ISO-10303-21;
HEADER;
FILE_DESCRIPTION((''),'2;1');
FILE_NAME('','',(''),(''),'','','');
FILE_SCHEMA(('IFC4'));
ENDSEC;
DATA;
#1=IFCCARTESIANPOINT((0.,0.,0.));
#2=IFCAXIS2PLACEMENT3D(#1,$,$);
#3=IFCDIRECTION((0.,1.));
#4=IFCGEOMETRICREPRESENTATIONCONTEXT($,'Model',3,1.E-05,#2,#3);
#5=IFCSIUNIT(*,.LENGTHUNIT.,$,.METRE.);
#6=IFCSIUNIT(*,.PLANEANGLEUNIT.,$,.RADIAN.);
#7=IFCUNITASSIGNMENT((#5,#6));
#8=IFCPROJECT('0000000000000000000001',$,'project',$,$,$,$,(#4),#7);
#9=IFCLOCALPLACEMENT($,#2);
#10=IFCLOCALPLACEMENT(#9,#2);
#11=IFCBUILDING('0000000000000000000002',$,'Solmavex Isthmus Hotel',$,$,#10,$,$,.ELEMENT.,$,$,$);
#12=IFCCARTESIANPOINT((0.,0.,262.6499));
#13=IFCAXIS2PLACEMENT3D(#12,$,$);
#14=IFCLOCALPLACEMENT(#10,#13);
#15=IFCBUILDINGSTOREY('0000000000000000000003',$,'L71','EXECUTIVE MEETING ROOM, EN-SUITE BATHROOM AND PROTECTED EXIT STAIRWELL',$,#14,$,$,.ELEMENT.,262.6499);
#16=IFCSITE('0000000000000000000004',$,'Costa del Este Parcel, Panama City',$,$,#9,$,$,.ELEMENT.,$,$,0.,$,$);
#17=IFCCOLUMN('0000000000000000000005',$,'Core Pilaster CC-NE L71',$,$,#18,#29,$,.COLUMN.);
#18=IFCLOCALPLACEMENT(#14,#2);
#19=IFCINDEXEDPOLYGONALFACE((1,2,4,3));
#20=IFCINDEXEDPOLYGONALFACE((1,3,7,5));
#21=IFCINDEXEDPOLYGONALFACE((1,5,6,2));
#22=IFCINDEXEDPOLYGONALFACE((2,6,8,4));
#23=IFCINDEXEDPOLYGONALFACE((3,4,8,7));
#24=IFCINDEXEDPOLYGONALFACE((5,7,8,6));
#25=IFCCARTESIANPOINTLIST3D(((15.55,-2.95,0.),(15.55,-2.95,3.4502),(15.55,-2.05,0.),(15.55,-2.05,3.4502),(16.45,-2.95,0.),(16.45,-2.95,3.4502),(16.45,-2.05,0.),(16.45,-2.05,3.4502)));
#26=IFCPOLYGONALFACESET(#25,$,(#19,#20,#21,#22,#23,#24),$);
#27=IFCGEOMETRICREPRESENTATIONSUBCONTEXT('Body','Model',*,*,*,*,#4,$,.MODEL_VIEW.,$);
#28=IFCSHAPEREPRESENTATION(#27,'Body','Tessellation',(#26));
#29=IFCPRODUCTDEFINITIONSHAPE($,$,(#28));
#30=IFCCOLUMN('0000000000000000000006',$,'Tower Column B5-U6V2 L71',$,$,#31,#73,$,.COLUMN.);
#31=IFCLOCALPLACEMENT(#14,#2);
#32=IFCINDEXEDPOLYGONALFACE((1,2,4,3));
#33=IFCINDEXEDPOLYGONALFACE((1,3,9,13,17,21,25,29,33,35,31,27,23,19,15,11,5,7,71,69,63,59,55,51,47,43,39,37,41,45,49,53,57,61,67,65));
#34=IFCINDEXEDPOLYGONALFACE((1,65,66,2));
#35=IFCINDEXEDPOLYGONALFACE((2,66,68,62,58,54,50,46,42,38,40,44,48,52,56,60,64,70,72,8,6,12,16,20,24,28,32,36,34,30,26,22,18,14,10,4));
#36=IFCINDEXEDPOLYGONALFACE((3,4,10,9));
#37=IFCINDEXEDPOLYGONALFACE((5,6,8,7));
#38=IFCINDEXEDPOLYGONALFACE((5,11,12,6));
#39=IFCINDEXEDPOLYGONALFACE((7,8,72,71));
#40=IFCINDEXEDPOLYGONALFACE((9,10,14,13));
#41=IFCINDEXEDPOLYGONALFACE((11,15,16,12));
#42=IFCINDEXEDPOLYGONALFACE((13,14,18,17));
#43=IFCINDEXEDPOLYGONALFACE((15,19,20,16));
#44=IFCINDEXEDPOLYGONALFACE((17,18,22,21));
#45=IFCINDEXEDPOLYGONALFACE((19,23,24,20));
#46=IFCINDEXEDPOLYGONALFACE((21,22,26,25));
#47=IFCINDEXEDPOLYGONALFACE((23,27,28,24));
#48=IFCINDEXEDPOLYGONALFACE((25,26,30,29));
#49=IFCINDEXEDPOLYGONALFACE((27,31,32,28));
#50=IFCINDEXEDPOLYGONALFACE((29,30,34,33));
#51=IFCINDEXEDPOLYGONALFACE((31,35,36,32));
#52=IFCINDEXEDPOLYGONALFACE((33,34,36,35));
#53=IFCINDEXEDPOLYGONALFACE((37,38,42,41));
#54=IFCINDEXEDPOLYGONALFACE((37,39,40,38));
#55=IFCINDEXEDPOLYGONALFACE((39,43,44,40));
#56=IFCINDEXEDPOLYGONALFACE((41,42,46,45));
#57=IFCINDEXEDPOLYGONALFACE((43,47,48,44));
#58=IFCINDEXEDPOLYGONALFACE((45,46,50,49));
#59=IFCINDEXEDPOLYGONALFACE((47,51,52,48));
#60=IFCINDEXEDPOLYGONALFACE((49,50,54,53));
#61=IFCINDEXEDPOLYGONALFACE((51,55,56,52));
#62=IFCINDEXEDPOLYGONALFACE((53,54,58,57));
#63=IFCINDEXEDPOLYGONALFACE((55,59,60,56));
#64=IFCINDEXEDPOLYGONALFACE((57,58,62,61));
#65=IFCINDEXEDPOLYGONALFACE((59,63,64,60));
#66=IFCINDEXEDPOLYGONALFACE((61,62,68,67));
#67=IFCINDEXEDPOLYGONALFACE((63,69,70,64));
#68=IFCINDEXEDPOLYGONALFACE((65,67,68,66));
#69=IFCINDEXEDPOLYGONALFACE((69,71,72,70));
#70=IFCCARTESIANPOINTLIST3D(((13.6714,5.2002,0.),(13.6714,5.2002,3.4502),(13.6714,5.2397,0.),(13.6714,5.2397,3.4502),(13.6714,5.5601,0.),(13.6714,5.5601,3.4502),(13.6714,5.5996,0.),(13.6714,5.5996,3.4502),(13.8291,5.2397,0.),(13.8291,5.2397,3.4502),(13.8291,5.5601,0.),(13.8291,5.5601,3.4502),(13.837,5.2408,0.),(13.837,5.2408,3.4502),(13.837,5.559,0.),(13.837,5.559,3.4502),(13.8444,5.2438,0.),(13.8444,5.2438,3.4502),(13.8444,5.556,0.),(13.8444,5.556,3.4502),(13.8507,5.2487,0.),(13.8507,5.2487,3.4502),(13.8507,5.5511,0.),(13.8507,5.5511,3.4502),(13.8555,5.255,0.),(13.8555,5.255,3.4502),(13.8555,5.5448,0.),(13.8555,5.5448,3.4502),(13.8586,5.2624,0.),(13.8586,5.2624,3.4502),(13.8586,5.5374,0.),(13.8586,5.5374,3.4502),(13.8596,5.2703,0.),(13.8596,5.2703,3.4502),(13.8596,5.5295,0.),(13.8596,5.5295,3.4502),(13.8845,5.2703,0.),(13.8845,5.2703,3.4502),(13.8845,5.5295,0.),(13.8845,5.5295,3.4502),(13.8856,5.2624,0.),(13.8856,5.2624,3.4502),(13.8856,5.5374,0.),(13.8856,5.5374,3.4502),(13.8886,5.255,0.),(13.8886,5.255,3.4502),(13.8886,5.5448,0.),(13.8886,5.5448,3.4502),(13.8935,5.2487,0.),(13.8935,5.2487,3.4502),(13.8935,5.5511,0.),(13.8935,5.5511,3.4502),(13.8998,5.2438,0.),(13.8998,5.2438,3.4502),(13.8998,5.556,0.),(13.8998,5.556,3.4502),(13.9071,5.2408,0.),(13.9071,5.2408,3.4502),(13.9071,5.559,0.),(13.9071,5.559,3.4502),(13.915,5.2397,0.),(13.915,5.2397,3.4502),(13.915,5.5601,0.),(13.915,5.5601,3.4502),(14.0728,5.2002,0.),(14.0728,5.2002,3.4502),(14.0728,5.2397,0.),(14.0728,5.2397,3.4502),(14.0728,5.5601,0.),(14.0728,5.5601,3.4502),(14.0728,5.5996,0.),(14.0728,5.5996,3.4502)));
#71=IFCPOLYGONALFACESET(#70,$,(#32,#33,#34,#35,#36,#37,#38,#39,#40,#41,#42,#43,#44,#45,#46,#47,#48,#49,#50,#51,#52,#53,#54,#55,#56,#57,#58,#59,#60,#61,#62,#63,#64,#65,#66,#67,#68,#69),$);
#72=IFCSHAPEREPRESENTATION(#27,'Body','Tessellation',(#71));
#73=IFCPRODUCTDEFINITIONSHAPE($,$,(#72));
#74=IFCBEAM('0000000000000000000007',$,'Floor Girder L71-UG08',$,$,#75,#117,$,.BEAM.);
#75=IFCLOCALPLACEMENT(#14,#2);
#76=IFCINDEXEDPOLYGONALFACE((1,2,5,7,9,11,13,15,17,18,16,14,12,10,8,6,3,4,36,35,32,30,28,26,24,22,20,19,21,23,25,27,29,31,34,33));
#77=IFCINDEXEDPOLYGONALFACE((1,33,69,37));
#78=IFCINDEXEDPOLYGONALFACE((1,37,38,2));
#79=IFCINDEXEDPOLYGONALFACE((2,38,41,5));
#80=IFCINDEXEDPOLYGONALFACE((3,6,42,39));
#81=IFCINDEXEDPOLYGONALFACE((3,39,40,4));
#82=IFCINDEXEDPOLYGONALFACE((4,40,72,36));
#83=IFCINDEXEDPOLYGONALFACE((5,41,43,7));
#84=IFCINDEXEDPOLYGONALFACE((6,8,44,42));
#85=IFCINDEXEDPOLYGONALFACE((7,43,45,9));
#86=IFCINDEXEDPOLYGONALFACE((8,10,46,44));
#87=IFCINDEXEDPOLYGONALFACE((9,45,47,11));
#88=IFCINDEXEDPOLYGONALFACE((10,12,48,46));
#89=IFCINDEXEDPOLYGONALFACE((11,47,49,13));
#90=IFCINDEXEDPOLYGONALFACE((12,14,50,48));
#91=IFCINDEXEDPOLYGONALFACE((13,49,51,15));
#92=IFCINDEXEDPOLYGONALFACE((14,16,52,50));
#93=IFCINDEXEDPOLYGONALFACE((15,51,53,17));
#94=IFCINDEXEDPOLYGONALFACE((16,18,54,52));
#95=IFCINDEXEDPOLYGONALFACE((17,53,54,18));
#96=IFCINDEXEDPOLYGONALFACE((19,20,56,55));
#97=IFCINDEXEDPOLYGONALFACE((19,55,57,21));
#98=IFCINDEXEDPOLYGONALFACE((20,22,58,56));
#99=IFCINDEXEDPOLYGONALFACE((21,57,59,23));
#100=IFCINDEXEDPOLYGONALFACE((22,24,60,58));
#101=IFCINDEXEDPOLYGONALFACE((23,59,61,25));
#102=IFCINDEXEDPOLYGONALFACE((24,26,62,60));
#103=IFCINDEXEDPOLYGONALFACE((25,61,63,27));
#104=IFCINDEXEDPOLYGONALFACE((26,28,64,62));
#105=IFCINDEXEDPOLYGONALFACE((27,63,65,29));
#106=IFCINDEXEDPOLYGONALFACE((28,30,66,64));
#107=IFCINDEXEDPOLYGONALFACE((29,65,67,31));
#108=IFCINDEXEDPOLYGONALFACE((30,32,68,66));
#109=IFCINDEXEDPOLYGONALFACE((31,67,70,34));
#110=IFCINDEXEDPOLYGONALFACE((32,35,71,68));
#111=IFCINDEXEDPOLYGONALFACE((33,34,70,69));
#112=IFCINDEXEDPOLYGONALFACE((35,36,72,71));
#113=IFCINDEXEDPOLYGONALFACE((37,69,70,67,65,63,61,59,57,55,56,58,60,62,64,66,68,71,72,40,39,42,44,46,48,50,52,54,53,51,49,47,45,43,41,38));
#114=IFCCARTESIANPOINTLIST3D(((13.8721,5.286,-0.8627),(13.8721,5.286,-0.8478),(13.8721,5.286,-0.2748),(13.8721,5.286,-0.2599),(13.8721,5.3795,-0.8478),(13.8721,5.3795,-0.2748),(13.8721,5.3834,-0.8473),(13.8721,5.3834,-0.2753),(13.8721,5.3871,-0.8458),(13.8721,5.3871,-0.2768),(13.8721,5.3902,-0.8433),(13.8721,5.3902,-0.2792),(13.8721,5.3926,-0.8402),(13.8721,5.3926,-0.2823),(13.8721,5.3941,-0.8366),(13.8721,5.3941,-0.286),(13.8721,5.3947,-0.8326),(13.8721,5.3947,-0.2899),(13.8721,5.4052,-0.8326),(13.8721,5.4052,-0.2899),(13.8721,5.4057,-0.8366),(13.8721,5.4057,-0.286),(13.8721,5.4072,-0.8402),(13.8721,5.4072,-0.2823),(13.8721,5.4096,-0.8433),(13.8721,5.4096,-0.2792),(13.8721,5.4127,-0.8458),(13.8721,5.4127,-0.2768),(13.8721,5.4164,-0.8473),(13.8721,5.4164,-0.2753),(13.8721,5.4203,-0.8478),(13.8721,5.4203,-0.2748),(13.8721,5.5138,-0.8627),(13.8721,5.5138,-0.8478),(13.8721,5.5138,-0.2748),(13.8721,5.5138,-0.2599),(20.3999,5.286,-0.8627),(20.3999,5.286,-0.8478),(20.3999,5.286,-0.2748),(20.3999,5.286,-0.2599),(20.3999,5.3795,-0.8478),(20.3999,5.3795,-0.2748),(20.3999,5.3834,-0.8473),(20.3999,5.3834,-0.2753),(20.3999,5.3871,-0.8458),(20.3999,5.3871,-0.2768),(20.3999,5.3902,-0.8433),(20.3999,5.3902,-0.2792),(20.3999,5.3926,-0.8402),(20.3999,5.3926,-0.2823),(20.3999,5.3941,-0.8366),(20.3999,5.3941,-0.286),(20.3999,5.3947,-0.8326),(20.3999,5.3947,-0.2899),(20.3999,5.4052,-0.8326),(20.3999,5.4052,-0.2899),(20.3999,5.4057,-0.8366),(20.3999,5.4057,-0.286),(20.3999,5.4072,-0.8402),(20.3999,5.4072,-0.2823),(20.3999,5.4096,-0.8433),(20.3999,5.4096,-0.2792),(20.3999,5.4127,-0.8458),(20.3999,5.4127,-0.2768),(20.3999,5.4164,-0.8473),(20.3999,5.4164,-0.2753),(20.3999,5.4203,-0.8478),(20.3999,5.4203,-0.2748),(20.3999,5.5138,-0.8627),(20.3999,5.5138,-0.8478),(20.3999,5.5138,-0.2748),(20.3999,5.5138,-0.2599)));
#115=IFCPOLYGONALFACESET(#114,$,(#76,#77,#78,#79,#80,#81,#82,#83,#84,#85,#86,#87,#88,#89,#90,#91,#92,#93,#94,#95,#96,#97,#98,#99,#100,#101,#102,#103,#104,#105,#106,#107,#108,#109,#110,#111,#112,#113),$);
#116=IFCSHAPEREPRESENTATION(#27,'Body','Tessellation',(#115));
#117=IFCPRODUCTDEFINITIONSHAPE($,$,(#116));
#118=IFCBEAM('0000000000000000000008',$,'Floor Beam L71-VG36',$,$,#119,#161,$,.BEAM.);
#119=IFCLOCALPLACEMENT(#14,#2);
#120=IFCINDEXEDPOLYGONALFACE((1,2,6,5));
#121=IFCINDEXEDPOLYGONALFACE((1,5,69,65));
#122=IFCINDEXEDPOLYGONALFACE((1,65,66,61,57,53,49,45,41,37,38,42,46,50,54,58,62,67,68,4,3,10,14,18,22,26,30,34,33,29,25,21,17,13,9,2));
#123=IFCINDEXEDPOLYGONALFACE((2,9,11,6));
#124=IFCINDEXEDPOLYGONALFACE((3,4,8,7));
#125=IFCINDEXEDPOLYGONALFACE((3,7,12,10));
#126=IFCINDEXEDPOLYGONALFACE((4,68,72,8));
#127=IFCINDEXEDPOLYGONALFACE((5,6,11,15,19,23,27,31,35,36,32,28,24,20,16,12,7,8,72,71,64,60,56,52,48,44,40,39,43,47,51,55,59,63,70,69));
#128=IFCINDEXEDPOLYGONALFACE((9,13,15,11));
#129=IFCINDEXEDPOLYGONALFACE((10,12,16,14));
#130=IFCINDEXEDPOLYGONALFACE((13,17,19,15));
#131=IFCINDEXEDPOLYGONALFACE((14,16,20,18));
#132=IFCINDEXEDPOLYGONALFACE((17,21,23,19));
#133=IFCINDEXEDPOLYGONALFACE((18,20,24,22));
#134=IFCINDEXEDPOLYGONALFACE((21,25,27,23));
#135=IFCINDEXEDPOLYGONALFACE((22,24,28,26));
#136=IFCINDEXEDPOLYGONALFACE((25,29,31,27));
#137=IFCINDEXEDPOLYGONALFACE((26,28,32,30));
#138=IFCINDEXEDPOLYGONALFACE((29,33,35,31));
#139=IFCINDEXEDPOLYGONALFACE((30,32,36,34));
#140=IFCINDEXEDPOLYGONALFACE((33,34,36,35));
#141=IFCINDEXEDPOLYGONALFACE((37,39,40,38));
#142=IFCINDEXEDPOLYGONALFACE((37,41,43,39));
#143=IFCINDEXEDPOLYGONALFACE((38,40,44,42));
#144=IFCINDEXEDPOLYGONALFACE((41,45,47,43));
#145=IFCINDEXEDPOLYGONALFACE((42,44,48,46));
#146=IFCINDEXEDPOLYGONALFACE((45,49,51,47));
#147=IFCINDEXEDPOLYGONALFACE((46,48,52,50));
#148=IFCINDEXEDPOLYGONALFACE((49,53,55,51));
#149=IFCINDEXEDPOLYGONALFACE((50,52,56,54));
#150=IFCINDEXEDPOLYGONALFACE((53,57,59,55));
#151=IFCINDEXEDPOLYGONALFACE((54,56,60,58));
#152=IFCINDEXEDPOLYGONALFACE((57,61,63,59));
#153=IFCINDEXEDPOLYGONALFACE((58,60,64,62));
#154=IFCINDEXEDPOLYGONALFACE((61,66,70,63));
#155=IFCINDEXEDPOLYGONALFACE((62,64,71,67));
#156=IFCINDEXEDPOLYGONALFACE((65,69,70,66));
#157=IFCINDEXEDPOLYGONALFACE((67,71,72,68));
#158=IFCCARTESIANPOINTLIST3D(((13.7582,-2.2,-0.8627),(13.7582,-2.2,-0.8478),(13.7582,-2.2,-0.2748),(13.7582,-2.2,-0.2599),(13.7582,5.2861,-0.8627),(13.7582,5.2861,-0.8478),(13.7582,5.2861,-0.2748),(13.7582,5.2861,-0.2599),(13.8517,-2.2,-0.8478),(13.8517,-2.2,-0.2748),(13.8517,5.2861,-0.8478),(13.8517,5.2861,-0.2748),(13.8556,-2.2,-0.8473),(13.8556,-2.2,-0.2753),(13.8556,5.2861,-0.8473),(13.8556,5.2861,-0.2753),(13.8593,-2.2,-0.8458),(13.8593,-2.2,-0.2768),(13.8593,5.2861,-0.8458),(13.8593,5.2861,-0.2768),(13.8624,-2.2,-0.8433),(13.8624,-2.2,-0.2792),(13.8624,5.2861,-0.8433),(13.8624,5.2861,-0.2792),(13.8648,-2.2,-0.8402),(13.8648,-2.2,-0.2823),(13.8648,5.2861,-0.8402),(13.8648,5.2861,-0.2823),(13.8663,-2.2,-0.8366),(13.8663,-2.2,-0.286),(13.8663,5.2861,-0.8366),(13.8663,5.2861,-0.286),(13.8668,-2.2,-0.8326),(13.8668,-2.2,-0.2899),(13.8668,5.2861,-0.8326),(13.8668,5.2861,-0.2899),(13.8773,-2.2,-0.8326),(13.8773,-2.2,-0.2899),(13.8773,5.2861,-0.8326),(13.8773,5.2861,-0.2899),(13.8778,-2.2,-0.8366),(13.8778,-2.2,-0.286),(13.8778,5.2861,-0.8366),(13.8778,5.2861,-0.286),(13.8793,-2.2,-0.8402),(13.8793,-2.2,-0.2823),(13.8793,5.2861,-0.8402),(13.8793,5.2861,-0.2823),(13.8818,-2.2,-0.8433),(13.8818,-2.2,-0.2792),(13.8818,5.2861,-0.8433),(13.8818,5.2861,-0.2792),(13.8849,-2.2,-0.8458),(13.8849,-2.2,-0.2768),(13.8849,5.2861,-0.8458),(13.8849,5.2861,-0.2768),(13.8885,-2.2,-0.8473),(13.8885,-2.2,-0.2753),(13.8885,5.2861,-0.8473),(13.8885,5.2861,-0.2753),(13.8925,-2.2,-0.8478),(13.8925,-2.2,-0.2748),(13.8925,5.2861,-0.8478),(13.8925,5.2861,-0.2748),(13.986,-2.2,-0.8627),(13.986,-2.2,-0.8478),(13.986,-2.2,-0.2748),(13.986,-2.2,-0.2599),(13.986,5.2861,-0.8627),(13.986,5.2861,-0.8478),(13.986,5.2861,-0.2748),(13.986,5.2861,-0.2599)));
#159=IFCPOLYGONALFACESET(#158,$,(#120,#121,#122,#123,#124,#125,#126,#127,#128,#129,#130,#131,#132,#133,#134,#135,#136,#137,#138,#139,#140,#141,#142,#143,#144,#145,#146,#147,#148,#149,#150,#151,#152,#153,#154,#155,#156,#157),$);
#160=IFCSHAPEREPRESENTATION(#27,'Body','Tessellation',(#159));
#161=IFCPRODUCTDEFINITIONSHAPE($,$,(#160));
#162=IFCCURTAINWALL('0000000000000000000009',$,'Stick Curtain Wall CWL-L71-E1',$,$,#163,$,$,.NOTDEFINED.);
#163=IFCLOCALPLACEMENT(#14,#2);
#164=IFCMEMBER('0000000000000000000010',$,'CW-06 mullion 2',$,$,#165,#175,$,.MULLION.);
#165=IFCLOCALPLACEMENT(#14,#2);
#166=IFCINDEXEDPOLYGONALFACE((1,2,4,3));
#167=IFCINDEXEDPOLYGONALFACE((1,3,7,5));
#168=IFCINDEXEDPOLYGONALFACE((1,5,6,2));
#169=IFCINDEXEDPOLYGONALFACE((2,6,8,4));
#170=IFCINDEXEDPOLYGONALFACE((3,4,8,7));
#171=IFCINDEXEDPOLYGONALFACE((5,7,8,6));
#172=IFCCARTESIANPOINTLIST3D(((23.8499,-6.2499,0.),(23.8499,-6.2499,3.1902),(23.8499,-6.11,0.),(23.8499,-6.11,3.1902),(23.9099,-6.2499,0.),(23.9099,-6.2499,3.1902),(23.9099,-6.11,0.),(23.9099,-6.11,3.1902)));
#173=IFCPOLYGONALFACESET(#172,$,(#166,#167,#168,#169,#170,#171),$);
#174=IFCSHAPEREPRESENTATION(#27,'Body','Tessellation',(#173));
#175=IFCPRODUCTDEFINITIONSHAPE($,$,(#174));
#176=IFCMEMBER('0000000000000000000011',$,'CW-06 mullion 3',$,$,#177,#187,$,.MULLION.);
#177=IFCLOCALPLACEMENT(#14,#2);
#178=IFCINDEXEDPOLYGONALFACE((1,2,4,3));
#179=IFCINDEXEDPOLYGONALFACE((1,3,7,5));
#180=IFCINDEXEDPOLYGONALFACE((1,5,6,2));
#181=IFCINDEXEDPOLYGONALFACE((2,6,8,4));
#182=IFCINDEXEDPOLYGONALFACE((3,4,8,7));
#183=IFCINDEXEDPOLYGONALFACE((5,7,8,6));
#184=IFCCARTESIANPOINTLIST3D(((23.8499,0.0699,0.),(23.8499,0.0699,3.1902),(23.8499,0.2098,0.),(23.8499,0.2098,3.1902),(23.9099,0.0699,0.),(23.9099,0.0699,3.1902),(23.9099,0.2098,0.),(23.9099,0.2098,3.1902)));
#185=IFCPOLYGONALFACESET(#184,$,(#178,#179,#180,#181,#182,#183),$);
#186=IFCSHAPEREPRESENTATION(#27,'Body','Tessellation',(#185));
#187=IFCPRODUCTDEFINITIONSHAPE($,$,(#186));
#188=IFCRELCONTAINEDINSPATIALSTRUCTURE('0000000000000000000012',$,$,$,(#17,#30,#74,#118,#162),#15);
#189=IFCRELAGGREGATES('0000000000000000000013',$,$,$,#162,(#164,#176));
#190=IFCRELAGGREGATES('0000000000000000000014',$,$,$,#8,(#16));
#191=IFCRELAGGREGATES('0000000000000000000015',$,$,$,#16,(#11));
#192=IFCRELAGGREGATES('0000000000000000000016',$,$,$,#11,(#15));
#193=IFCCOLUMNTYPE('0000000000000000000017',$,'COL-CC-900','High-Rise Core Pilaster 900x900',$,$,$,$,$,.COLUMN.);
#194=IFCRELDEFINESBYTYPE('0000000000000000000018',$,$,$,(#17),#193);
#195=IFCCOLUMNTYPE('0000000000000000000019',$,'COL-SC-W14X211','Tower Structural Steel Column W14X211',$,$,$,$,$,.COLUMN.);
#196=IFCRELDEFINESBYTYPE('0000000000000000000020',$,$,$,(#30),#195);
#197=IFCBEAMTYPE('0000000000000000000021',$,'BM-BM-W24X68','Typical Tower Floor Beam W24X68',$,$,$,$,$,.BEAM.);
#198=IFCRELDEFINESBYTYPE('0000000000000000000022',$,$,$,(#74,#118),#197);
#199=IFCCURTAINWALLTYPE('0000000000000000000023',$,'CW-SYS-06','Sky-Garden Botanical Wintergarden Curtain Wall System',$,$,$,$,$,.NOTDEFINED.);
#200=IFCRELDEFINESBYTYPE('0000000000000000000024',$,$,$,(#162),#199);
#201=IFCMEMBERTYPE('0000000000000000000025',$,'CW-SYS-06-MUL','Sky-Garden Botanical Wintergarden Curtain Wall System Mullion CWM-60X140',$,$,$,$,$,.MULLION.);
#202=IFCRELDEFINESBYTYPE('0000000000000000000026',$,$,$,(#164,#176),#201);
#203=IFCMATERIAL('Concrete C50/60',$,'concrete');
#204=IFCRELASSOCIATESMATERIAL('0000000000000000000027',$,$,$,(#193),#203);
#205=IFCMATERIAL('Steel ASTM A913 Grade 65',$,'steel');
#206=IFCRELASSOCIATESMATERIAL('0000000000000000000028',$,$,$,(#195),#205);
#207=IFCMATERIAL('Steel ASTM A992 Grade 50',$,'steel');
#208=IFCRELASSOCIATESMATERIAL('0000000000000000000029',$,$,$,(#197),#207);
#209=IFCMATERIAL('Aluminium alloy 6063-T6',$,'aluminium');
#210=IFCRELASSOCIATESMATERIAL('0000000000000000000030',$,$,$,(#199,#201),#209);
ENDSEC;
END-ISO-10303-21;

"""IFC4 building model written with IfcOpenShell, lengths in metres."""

from ifc_helpers import new_model, si_unit, direction, frame, origin, origin_2d, place, context, subcontext, project, spatial, rectangle, i_section, extrude, material, material_profile, profile_set, type_object, element, aggregate, save


model = new_model("IFC4")

# Units and contexts
model_context = context("Model", 3, precision=1e-05, world=origin(), true_north=direction((0.0, 1.0)))
body_context = subcontext(model_context, "Body", "Model", "MODEL_VIEW")
ifc_project = project(units=[si_unit("LENGTHUNIT", "METRE"), si_unit("PLANEANGLEUNIT", "RADIAN")], contexts=[model_context])

# Site, building, storey
site_placement = place(None, origin())
site = spatial("IfcSite", under=ifc_project, at=site_placement, Name="Costa del Este Parcel, Panama City", CompositionType="ELEMENT", RefElevation=0.0)
building_placement = place(site_placement, origin())
building = spatial("IfcBuilding", under=site, at=building_placement, Name="Solmavex Isthmus Hotel", CompositionType="ELEMENT")
storey_placement = place(building_placement, frame((0.0, 0.0, 262.6499)))
storey = spatial("IfcBuildingStorey", under=building, at=storey_placement, Name="L71", Description="EXECUTIVE MEETING ROOM, EN-SUITE BATHROOM AND PROTECTED EXIT STAIRWELL", CompositionType="ELEMENT", Elevation=262.6499)

# Columns
ifc_material_1 = material(Name="Concrete C50/60", Category="concrete")
ifc_material_profile_1 = material_profile(ifc_material_1, rectangle(XDim=0.8999, YDim=0.8999, at=origin_2d()), Name="RC900X900")
ifc_profile_set_1 = profile_set([ifc_material_profile_1], Name="Concrete C50/60")
column_type_1 = type_object("IfcColumnType", Name="COL-CC-900", Description="High-Rise Core Pilaster 900x900", PredefinedType="COLUMN", material=ifc_profile_set_1)
column_1_placement = place(storey_placement, frame((16.0, -2.5, 0.0), z_axis=(0.0, 0.0, 1.0), x_axis=(1.0, 0.0, 0.0)))
element("IfcColumn", 1, at=column_1_placement, inside=storey, type_object=column_type_1, Name="Core Pilaster CC-NE L71", PredefinedType="COLUMN", context=body_context, shape_type="SweptSolid", body=[
    extrude(rectangle(XDim=0.8999, YDim=0.8999, at=origin_2d()), origin(), (0.0, 0.0, 1.0), 3.4502),
])
ifc_material_2 = material(Name="Steel ASTM A913 Grade 65", Category="steel")
ifc_material_profile_2 = material_profile(ifc_material_2, i_section(OverallWidth=0.4014, OverallDepth=0.3994, WebThickness=0.0249, FlangeThickness=0.0396, FilletRadius=0.0305, at=origin_2d()), Name="W14X211")
ifc_profile_set_2 = profile_set([ifc_material_profile_2], Name="Steel ASTM A913 Grade 65")
column_type_2 = type_object("IfcColumnType", Name="COL-SC-W14X211", Description="Tower Structural Steel Column W14X211", PredefinedType="COLUMN", material=ifc_profile_set_2)
column_2_placement = place(storey_placement, frame((13.8721, 5.3999, 0.0), z_axis=(0.0, 0.0, 1.0), x_axis=(1.0, 0.0, 0.0)))
element("IfcColumn", 2, at=column_2_placement, inside=storey, type_object=column_type_2, Name="Tower Column B5-U6V2 L71", PredefinedType="COLUMN", context=body_context, shape_type="SweptSolid", body=[
    extrude(i_section(OverallWidth=0.4014, OverallDepth=0.3994, WebThickness=0.0249, FlangeThickness=0.0396, FilletRadius=0.0305, at=origin_2d()), origin(), (0.0, 0.0, 1.0), 3.4502),
])

# Beams
ifc_material_3 = material(Name="Steel ASTM A992 Grade 50", Category="steel")
ifc_material_profile_3 = material_profile(ifc_material_3, i_section(OverallWidth=0.2278, OverallDepth=0.6028, WebThickness=0.0105, FlangeThickness=0.0149, FilletRadius=0.0151, at=origin_2d()), Name="W24X68")
ifc_profile_set_3 = profile_set([ifc_material_profile_3], Name="Steel ASTM A992 Grade 50")
beam_type = type_object("IfcBeamType", Name="BM-BM-W24X68", Description="Typical Tower Floor Beam W24X68", PredefinedType="BEAM", material=ifc_profile_set_3)
beam_1_placement = place(storey_placement, frame((13.8721, 5.3999, -0.5613), z_axis=(1.0, 0.0, 0.0), x_axis=(0.0, 1.0, 0.0)))
element("IfcBeam", 3, at=beam_1_placement, inside=storey, type_object=beam_type, Name="Floor Girder L71-UG08", PredefinedType="BEAM", context=body_context, shape_type="SweptSolid", body=[
    extrude(i_section(OverallWidth=0.2278, OverallDepth=0.6028, WebThickness=0.0105, FlangeThickness=0.0149, FilletRadius=0.0151, at=origin_2d()), origin(), (0.0, 0.0, 1.0), 6.5278),
])
beam_2_placement = place(storey_placement, frame((13.8721, -2.2, -0.5613), z_axis=(0.0, 1.0, 0.0), x_axis=(-1.0, 0.0, 0.0)))
element("IfcBeam", 4, at=beam_2_placement, inside=storey, type_object=beam_type, Name="Floor Beam L71-VG36", PredefinedType="BEAM", context=body_context, shape_type="SweptSolid", body=[
    extrude(i_section(OverallWidth=0.2278, OverallDepth=0.6028, WebThickness=0.0105, FlangeThickness=0.0149, FilletRadius=0.0151, at=origin_2d()), origin(), (0.0, 0.0, 1.0), 7.4861),
])

# Curtain wall, members
ifc_material_4 = material(Name="Aluminium alloy 6063-T6", Category="aluminium")
curtain_wall_type = type_object("IfcCurtainWallType", Name="CW-SYS-06", Description="Sky-Garden Botanical Wintergarden Curtain Wall System", PredefinedType="NOTDEFINED", material=ifc_material_4)
curtain_wall_placement = place(storey_placement, origin())
curtain_wall = element("IfcCurtainWall", 5, at=curtain_wall_placement, inside=storey, type_object=curtain_wall_type, Name="Stick Curtain Wall CWL-L71-E1", PredefinedType="NOTDEFINED")
ifc_material_profile_4 = material_profile(ifc_material_4, rectangle(XDim=0.0601, YDim=0.1399, at=origin_2d()), Name="CWM-60X140")
ifc_profile_set_4 = profile_set([ifc_material_profile_4], Name="Aluminium alloy 6063-T6")
member_type_1 = type_object("IfcMemberType", Name="CW-SYS-06-MUL", Description="Sky-Garden Botanical Wintergarden Curtain Wall System Mullion CWM-60X140", PredefinedType="MULLION", material=ifc_profile_set_4)
member_1_placement = place(storey_placement, frame((23.8799, -6.1799, 0.0), z_axis=(0.0, 0.0, 1.0), x_axis=(-1.0, 0.0, 0.0)))
member_1 = element("IfcMember", 6, at=member_1_placement, type_object=member_type_1, Name="CW-06 mullion 2", PredefinedType="MULLION", context=body_context, shape_type="SweptSolid", body=[
    extrude(rectangle(XDim=0.0601, YDim=0.1399, at=origin_2d()), origin(), (0.0, 0.0, 1.0), 3.1902),
])
member_2_placement = place(storey_placement, frame((23.8799, 0.1399, 0.0), z_axis=(0.0, 0.0, 1.0), x_axis=(-1.0, 0.0, 0.0)))
member_2 = element("IfcMember", 7, at=member_2_placement, type_object=member_type_1, Name="CW-06 mullion 3", PredefinedType="MULLION", context=body_context, shape_type="SweptSolid", body=[
    extrude(rectangle(XDim=0.0601, YDim=0.1399, at=origin_2d()), origin(), (0.0, 0.0, 1.0), 3.1902),
])
aggregate(curtain_wall, [member_1, member_2])

save(model, "model.ifc")
